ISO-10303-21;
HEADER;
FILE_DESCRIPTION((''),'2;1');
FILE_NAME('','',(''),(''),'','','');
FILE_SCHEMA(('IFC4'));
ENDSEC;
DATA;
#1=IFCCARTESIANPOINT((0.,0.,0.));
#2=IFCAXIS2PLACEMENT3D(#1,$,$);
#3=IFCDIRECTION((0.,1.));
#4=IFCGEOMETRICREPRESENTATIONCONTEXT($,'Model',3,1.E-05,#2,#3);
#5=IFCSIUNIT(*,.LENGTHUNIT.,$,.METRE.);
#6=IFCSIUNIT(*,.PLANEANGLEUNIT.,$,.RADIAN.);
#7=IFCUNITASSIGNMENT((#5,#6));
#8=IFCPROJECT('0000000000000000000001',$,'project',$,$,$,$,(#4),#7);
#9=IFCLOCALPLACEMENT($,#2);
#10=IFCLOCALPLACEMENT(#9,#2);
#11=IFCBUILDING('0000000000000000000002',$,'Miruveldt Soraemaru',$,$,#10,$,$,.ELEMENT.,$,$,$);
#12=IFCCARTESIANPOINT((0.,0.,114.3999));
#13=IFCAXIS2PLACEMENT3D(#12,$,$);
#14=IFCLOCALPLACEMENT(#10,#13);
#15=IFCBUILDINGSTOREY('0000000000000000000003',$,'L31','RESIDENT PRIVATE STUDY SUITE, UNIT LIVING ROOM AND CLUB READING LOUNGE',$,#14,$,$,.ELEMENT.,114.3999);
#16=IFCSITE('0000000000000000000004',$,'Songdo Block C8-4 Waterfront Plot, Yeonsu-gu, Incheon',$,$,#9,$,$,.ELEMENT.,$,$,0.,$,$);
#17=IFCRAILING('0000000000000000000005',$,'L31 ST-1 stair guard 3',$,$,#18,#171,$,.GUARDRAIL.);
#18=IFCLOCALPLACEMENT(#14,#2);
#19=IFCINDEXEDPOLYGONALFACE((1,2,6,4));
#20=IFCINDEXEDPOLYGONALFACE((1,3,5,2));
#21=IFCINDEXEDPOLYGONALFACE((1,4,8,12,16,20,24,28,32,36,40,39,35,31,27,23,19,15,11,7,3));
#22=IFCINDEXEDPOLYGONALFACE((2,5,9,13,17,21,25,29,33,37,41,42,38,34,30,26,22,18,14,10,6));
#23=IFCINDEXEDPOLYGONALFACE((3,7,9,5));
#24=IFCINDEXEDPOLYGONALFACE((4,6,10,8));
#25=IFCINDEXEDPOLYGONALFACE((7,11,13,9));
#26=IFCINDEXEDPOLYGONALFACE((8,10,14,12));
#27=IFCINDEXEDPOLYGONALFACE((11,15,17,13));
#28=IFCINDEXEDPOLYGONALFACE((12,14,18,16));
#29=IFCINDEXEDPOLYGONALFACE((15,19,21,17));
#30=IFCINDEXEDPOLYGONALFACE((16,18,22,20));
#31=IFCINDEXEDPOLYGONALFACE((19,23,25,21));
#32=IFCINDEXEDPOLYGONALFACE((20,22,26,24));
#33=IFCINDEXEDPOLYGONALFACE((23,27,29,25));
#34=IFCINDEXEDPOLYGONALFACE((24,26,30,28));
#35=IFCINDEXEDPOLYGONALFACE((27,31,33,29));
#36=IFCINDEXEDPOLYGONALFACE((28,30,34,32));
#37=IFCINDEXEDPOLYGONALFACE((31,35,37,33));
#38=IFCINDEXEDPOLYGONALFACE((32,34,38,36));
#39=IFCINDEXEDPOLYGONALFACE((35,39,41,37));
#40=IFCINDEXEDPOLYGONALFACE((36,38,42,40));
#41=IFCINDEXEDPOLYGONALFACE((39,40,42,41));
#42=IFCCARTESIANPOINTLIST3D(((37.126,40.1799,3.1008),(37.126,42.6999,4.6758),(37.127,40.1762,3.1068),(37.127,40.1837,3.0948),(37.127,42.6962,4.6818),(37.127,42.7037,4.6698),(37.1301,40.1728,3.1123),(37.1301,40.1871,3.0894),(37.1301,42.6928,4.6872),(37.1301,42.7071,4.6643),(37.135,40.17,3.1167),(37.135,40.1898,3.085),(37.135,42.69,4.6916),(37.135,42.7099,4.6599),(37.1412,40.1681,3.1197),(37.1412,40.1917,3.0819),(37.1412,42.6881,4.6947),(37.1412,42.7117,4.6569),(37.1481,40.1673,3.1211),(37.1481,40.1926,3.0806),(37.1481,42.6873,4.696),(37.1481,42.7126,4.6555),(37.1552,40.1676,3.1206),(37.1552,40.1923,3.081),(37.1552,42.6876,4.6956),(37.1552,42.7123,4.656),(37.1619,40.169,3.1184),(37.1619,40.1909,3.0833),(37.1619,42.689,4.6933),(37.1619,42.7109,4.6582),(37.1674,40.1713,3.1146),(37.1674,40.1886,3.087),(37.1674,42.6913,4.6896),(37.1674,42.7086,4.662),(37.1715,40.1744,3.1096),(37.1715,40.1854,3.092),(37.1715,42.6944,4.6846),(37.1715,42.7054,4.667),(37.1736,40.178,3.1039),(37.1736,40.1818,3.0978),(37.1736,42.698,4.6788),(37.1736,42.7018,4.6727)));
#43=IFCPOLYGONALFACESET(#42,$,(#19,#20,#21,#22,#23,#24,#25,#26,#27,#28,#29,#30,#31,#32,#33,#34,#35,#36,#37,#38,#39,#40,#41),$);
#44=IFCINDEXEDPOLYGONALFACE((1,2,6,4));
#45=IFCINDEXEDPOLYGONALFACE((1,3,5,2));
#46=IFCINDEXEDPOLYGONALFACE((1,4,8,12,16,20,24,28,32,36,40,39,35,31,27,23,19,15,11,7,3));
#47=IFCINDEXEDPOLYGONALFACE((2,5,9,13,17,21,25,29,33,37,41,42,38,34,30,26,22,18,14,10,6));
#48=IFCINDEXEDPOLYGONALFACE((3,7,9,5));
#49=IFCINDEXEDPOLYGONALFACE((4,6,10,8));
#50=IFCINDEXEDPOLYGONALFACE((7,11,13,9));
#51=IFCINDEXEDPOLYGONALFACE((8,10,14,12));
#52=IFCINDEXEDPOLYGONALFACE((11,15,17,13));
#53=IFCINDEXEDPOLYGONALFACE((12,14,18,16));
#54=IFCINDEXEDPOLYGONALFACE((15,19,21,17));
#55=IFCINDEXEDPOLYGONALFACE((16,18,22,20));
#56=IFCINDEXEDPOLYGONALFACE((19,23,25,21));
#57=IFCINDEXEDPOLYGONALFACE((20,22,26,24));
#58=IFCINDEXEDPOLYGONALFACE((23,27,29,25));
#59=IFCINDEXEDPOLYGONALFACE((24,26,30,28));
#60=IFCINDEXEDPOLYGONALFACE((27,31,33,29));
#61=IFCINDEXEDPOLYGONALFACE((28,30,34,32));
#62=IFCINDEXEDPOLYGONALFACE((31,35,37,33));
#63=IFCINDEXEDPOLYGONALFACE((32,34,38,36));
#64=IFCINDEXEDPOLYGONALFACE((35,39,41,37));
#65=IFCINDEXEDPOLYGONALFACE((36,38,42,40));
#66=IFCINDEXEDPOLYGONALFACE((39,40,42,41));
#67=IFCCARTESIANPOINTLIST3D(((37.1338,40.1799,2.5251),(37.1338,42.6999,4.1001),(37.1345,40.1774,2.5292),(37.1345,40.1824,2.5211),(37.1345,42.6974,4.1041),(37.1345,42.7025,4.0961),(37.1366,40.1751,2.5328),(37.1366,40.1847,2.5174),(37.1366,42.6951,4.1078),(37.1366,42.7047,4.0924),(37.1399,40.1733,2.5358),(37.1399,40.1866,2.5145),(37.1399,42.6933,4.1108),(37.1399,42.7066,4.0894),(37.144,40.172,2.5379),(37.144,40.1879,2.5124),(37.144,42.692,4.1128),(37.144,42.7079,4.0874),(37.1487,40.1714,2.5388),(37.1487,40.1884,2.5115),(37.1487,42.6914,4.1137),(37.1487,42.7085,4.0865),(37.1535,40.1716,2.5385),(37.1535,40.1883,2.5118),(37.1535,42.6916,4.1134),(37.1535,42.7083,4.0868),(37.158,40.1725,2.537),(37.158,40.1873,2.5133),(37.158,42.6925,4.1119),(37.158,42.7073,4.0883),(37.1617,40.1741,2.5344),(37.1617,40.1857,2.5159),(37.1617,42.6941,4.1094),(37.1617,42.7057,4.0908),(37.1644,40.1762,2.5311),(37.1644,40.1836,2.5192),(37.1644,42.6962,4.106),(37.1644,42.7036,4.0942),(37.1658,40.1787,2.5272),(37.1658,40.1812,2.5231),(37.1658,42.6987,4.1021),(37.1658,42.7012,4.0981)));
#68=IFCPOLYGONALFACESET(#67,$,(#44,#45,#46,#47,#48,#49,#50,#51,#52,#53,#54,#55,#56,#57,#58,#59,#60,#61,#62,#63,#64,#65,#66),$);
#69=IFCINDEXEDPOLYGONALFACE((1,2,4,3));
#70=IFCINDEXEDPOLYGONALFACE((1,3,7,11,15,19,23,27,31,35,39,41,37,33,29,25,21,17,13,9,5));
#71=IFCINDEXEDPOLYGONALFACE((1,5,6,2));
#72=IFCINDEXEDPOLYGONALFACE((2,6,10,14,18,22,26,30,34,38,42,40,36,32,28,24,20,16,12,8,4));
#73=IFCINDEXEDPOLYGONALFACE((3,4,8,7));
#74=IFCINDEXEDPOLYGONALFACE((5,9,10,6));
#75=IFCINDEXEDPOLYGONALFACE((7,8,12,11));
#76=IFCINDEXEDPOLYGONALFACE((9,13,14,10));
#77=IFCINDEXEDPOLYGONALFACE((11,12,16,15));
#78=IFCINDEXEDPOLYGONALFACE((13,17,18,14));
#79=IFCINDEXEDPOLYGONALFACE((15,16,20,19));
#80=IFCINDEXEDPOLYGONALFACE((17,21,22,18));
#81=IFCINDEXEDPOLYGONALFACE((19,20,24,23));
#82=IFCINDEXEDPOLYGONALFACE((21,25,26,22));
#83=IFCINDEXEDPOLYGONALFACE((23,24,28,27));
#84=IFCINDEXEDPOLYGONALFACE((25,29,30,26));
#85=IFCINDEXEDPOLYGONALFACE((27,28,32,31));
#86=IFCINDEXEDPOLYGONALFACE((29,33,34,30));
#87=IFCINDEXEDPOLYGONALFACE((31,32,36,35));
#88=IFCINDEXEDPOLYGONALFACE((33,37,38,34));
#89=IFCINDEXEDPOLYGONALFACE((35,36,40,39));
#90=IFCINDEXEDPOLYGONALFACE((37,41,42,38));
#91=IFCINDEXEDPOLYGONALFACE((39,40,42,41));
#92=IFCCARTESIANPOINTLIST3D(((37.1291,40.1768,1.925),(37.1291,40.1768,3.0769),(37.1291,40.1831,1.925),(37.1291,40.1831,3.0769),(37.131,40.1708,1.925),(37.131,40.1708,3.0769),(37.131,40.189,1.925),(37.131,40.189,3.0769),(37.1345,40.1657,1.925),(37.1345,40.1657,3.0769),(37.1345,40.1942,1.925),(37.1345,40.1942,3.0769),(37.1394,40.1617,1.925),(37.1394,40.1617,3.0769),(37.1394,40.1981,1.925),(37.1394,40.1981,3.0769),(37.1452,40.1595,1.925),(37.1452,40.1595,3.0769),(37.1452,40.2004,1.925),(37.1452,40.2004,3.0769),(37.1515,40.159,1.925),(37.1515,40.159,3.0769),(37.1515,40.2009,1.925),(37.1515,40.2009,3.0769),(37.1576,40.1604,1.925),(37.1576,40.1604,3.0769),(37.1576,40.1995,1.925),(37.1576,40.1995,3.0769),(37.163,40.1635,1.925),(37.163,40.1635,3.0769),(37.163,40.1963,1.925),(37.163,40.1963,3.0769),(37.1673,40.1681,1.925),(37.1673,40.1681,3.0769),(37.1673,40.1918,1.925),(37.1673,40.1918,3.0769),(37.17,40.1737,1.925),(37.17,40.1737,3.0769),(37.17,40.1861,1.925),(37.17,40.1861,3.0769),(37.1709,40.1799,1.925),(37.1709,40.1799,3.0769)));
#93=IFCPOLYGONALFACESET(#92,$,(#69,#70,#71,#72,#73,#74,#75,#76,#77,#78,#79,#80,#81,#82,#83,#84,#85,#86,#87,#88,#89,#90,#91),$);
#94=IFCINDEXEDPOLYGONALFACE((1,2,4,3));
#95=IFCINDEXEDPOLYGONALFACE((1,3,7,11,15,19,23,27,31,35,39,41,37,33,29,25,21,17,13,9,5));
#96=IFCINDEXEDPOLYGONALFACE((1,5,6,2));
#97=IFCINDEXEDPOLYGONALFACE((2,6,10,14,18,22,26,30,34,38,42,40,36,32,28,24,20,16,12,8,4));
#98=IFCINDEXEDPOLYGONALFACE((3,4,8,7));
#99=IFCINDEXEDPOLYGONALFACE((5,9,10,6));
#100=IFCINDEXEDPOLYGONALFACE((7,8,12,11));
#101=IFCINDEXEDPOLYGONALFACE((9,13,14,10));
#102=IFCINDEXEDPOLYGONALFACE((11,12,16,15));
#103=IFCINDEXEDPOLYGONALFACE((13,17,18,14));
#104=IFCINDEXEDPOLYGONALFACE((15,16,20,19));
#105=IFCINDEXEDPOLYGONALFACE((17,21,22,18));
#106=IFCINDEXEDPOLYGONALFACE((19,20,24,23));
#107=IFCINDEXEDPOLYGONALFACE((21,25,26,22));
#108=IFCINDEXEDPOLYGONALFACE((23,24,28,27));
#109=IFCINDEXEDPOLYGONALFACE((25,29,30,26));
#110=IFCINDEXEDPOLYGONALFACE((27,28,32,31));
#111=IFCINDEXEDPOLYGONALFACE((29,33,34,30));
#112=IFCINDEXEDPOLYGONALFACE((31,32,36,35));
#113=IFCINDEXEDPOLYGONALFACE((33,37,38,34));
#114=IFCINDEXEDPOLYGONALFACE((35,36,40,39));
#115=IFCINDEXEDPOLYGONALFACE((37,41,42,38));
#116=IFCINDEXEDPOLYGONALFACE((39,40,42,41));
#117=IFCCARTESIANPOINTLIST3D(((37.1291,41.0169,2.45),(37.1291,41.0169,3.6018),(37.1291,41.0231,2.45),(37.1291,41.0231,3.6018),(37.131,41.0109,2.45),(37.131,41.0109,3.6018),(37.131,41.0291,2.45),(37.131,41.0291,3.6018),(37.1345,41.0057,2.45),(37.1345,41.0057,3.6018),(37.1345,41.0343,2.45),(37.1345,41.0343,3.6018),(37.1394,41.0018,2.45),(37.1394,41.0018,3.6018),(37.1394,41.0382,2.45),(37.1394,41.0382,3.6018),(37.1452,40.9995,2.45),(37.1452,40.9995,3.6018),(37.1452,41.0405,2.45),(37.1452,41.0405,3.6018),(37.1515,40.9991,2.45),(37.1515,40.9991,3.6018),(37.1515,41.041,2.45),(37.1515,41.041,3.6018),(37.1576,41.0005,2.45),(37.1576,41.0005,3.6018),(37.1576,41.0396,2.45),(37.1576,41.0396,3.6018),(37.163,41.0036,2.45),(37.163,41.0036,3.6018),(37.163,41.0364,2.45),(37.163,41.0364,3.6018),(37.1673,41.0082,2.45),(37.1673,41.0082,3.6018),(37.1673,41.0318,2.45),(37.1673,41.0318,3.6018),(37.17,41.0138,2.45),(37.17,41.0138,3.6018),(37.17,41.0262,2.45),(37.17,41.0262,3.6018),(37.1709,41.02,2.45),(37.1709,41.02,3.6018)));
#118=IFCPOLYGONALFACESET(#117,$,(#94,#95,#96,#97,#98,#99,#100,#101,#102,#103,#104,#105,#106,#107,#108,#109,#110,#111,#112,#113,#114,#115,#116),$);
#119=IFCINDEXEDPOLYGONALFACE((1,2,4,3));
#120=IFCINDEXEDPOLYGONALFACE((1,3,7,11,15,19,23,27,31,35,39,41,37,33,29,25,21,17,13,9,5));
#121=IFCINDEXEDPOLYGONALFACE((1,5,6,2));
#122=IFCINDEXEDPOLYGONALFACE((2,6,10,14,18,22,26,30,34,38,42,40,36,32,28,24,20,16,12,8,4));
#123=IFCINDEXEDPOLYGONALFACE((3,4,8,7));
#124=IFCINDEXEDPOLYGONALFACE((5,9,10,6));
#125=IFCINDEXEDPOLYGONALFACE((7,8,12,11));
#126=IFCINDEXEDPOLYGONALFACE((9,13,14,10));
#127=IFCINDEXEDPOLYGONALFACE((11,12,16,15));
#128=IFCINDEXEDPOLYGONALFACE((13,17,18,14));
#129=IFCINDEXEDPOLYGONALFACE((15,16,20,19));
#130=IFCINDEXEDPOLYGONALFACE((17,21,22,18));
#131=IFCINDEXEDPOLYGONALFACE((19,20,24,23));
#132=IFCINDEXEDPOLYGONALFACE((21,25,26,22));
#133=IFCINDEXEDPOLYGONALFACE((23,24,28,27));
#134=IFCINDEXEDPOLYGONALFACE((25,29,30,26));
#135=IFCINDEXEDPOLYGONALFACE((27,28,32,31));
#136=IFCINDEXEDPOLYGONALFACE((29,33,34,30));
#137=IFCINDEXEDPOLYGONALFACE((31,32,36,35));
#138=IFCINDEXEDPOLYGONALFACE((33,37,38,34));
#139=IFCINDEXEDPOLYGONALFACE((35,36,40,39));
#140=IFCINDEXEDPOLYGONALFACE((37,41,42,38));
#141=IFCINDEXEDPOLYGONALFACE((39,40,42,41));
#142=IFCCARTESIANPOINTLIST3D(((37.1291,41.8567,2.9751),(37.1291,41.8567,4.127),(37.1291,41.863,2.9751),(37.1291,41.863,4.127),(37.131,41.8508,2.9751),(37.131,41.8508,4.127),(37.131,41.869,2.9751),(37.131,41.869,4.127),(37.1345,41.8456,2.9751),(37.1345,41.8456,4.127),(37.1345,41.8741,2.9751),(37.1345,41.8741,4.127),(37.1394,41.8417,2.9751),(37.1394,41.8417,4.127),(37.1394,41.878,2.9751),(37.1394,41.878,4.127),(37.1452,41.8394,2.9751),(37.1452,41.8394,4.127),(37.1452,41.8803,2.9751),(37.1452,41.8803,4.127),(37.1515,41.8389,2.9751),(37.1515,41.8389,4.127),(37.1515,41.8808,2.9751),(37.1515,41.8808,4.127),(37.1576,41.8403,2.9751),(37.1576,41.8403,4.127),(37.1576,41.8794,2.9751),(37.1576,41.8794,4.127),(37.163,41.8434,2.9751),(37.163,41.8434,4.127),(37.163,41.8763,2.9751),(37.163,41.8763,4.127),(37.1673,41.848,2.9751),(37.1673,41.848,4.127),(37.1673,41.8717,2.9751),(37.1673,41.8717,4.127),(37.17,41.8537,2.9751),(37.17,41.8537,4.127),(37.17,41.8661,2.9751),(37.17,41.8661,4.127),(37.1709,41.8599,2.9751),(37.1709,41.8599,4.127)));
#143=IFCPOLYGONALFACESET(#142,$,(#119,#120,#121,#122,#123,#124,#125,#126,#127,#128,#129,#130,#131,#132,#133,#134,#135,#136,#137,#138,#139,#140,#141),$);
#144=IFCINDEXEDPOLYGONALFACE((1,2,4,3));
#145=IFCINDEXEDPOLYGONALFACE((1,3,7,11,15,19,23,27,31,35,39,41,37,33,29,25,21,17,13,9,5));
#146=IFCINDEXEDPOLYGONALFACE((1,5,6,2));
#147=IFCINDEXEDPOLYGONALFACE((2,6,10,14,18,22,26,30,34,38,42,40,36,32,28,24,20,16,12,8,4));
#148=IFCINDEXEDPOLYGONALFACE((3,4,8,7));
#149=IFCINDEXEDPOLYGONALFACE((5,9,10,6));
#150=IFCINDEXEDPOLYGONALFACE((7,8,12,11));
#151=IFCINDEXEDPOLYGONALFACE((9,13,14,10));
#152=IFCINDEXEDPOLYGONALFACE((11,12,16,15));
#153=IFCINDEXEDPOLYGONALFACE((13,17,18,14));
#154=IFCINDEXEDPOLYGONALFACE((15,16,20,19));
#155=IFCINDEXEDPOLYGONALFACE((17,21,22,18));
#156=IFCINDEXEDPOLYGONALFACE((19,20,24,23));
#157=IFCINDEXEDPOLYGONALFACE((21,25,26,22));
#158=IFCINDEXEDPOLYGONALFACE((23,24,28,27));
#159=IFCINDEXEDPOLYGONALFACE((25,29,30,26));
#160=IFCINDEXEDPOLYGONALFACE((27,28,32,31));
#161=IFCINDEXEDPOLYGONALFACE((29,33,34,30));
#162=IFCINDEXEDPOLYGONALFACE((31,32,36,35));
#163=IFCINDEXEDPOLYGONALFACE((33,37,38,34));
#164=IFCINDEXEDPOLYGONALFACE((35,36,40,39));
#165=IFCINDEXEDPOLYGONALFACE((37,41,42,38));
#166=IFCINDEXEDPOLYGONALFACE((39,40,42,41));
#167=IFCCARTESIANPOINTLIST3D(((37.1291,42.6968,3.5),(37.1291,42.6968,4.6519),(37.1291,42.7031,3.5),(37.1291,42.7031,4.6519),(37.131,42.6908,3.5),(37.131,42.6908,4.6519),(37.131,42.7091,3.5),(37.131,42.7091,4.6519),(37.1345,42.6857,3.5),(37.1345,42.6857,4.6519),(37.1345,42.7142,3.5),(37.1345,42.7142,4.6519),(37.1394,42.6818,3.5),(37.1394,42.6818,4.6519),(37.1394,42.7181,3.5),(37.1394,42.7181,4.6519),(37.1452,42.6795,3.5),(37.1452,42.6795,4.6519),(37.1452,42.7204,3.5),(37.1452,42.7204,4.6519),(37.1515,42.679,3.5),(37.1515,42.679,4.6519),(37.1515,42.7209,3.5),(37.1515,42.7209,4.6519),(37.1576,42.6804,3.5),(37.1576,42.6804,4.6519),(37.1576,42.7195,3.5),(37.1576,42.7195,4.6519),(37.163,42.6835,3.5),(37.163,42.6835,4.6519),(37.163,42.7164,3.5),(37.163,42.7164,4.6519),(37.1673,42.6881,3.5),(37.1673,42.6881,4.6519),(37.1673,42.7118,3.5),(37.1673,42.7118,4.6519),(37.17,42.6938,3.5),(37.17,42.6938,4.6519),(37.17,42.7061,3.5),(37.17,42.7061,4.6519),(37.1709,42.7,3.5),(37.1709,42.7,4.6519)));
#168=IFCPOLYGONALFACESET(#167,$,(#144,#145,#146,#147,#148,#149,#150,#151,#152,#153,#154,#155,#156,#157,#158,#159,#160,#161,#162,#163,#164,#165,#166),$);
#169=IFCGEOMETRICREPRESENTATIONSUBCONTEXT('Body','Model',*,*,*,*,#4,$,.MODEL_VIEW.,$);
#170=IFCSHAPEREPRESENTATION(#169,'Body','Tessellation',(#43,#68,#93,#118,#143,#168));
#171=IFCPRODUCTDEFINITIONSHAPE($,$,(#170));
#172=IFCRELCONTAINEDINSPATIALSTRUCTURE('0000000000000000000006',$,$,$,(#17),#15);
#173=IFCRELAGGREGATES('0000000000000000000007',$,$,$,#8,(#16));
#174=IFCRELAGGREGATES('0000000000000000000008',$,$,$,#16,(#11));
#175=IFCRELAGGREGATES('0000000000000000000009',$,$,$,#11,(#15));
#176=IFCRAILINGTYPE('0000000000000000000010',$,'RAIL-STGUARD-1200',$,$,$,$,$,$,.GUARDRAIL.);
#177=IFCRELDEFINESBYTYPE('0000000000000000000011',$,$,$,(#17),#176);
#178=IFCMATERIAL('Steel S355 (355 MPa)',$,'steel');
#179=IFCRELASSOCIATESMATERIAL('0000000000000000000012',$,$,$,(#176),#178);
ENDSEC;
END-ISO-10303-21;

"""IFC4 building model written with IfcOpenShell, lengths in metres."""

from ifc_helpers import new_model, si_unit, direction, frame, origin, origin_2d, place, context, subcontext, project, spatial, circle, extrude, material, type_object, element, save


model = new_model("IFC4")

# Units and contexts
model_context = context("Model", 3, precision=1e-05, world=origin(), true_north=direction((0.0, 1.0)))
body_context = subcontext(model_context, "Body", "Model", "MODEL_VIEW")
ifc_project = project(units=[si_unit("LENGTHUNIT", "METRE"), si_unit("PLANEANGLEUNIT", "RADIAN")], contexts=[model_context])

# Site, building, storey
site_placement = place(None, origin())
site = spatial("IfcSite", under=ifc_project, at=site_placement, Name="Songdo Block C8-4 Waterfront Plot, Yeonsu-gu, Incheon", CompositionType="ELEMENT", RefElevation=0.0)
building_placement = place(site_placement, origin())
building = spatial("IfcBuilding", under=site, at=building_placement, Name="Miruveldt Soraemaru", CompositionType="ELEMENT")
storey_placement = place(building_placement, frame((0.0, 0.0, 114.3999)))
storey = spatial("IfcBuildingStorey", under=building, at=storey_placement, Name="L31", Description="RESIDENT PRIVATE STUDY SUITE, UNIT LIVING ROOM AND CLUB READING LOUNGE", CompositionType="ELEMENT", Elevation=114.3999)

# Railing
ifc_material_1 = material(Name="Steel S355 (355 MPa)", Category="steel")
railing_type_1 = type_object("IfcRailingType", Name="RAIL-STGUARD-1200", PredefinedType="GUARDRAIL", material=ifc_material_1)
railing_1_placement = place(storey_placement, frame((37.1499, 40.1799, 1.925)))
element("IfcRailing", 1, at=railing_1_placement, inside=storey, type_object=railing_type_1, Name="L31 ST-1 stair guard 3", PredefinedType="GUARDRAIL", context=body_context, shape_type="SweptSolid", body=[
    extrude(circle(Radius=0.0239, at=origin_2d()), frame((0.0, 0.0, 1.1758), z_axis=(0.0, 0.848008, 0.529984), x_axis=(-1.0, 0.0, 0.0)), (0.0, 0.0, 1.0), 2.9717),
    extrude(circle(Radius=0.0161, at=origin_2d()), frame((0.0, 0.0, 0.6001), z_axis=(0.0, 0.848008, 0.529984), x_axis=(-1.0, 0.0, 0.0)), (0.0, 0.0, 1.0), 2.9717),
    extrude(circle(Radius=0.021, at=origin_2d()), origin(), (0.0, 0.0, 1.0), 1.1519),
    extrude(circle(Radius=0.021, at=origin_2d()), frame((0.0, 0.8401, 0.5249)), (0.0, 0.0, 1.0), 1.1519),
    extrude(circle(Radius=0.021, at=origin_2d()), frame((0.0, 1.6799, 1.05)), (0.0, 0.0, 1.0), 1.1519),
    extrude(circle(Radius=0.021, at=origin_2d()), frame((0.0, 2.52, 1.575)), (0.0, 0.0, 1.0), 1.1519),
])

save(model, "model.ifc")
